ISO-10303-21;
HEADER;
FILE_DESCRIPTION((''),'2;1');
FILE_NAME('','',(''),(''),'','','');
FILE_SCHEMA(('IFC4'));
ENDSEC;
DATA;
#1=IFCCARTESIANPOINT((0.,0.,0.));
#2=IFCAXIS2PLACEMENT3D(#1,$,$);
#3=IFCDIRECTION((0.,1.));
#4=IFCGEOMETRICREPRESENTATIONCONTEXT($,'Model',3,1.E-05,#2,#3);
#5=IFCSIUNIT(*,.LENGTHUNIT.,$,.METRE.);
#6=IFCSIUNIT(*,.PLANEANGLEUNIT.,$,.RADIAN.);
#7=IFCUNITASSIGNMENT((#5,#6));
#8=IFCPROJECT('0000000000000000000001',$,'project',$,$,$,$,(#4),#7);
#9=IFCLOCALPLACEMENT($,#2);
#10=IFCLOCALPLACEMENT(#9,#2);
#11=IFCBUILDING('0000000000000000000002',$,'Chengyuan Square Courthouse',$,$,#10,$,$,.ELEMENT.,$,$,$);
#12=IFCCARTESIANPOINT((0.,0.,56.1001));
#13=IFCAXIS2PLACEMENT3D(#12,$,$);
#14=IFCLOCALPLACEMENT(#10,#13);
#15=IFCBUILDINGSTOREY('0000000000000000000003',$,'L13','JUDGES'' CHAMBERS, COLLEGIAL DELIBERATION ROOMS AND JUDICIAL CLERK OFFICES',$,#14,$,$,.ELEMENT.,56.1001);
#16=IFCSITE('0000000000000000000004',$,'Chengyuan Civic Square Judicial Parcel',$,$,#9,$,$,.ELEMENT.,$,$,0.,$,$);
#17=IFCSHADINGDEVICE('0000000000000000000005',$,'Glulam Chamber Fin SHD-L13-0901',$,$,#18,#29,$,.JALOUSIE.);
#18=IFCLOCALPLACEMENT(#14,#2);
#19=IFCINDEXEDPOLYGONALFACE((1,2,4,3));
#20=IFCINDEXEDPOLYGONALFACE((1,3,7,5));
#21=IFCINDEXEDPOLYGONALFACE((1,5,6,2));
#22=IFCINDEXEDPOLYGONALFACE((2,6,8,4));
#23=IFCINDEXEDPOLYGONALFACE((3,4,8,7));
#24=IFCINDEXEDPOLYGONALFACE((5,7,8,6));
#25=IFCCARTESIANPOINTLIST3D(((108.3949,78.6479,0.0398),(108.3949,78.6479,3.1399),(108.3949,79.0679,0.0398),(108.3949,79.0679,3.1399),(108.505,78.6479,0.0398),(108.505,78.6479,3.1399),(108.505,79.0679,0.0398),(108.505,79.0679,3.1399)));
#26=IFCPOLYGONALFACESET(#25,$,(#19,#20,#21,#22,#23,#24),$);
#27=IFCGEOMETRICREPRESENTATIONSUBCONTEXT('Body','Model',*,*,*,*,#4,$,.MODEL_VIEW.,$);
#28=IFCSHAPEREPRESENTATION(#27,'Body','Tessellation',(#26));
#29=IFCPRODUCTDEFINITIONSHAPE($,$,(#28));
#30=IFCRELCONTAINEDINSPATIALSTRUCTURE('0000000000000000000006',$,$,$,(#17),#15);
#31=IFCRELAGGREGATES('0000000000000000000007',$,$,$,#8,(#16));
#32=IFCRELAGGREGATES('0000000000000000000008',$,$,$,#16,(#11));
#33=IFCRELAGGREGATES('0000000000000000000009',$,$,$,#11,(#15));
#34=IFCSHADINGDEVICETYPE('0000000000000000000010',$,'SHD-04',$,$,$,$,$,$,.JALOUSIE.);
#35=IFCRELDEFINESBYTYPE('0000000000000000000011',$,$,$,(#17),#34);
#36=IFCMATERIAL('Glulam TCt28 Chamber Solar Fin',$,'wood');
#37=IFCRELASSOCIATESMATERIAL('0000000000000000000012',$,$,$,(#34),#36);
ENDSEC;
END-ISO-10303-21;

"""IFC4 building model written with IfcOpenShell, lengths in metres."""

from ifc_helpers import new_model, si_unit, direction, frame, origin, origin_2d, place, context, subcontext, project, spatial, rectangle, extrude, material, type_object, element, save


model = new_model("IFC4")

# Units and contexts
model_context = context("Model", 3, precision=1e-05, world=origin(), true_north=direction((0.0, 1.0)))
body_context = subcontext(model_context, "Body", "Model", "MODEL_VIEW")
ifc_project = project(units=[si_unit("LENGTHUNIT", "METRE"), si_unit("PLANEANGLEUNIT", "RADIAN")], contexts=[model_context])

# Site, building, storey
site_placement = place(None, origin())
site = spatial("IfcSite", under=ifc_project, at=site_placement, Name="Chengyuan Civic Square Judicial Parcel", CompositionType="ELEMENT", RefElevation=0.0)
building_placement = place(site_placement, origin())
building = spatial("IfcBuilding", under=site, at=building_placement, Name="Chengyuan Square Courthouse", CompositionType="ELEMENT")
storey_placement = place(building_placement, frame((0.0, 0.0, 56.1001)))
storey = spatial("IfcBuildingStorey", under=building, at=storey_placement, Name="L13", Description="JUDGES' CHAMBERS, COLLEGIAL DELIBERATION ROOMS AND JUDICIAL CLERK OFFICES", CompositionType="ELEMENT", Elevation=56.1001)

# Shading device
ifc_material_1 = material(Name="Glulam TCt28 Chamber Solar Fin", Category="wood")
shading_device_type_1 = type_object("IfcShadingDeviceType", Name="SHD-04", PredefinedType="JALOUSIE", material=ifc_material_1)
for number, where, z_axis, x_axis, name in (
    (1, (108.45, 78.8579, 0.0398), (0.0, 0.0, 1.0), (0.0, 1.0, 0.0), "Glulam Chamber Fin SHD-L13-0901"),
):
    element("IfcShadingDevice", number, at=place(storey_placement, frame(where, z_axis=z_axis, x_axis=x_axis)), inside=storey, type_object=shading_device_type_1, Name=name, PredefinedType="JALOUSIE", context=body_context, shape_type="SweptSolid", body=[
        extrude(rectangle(XDim=0.4199, YDim=0.1101, at=origin_2d()), origin(), (0.0, 0.0, 1.0), 3.1001),
    ])

save(model, "model.ifc")
